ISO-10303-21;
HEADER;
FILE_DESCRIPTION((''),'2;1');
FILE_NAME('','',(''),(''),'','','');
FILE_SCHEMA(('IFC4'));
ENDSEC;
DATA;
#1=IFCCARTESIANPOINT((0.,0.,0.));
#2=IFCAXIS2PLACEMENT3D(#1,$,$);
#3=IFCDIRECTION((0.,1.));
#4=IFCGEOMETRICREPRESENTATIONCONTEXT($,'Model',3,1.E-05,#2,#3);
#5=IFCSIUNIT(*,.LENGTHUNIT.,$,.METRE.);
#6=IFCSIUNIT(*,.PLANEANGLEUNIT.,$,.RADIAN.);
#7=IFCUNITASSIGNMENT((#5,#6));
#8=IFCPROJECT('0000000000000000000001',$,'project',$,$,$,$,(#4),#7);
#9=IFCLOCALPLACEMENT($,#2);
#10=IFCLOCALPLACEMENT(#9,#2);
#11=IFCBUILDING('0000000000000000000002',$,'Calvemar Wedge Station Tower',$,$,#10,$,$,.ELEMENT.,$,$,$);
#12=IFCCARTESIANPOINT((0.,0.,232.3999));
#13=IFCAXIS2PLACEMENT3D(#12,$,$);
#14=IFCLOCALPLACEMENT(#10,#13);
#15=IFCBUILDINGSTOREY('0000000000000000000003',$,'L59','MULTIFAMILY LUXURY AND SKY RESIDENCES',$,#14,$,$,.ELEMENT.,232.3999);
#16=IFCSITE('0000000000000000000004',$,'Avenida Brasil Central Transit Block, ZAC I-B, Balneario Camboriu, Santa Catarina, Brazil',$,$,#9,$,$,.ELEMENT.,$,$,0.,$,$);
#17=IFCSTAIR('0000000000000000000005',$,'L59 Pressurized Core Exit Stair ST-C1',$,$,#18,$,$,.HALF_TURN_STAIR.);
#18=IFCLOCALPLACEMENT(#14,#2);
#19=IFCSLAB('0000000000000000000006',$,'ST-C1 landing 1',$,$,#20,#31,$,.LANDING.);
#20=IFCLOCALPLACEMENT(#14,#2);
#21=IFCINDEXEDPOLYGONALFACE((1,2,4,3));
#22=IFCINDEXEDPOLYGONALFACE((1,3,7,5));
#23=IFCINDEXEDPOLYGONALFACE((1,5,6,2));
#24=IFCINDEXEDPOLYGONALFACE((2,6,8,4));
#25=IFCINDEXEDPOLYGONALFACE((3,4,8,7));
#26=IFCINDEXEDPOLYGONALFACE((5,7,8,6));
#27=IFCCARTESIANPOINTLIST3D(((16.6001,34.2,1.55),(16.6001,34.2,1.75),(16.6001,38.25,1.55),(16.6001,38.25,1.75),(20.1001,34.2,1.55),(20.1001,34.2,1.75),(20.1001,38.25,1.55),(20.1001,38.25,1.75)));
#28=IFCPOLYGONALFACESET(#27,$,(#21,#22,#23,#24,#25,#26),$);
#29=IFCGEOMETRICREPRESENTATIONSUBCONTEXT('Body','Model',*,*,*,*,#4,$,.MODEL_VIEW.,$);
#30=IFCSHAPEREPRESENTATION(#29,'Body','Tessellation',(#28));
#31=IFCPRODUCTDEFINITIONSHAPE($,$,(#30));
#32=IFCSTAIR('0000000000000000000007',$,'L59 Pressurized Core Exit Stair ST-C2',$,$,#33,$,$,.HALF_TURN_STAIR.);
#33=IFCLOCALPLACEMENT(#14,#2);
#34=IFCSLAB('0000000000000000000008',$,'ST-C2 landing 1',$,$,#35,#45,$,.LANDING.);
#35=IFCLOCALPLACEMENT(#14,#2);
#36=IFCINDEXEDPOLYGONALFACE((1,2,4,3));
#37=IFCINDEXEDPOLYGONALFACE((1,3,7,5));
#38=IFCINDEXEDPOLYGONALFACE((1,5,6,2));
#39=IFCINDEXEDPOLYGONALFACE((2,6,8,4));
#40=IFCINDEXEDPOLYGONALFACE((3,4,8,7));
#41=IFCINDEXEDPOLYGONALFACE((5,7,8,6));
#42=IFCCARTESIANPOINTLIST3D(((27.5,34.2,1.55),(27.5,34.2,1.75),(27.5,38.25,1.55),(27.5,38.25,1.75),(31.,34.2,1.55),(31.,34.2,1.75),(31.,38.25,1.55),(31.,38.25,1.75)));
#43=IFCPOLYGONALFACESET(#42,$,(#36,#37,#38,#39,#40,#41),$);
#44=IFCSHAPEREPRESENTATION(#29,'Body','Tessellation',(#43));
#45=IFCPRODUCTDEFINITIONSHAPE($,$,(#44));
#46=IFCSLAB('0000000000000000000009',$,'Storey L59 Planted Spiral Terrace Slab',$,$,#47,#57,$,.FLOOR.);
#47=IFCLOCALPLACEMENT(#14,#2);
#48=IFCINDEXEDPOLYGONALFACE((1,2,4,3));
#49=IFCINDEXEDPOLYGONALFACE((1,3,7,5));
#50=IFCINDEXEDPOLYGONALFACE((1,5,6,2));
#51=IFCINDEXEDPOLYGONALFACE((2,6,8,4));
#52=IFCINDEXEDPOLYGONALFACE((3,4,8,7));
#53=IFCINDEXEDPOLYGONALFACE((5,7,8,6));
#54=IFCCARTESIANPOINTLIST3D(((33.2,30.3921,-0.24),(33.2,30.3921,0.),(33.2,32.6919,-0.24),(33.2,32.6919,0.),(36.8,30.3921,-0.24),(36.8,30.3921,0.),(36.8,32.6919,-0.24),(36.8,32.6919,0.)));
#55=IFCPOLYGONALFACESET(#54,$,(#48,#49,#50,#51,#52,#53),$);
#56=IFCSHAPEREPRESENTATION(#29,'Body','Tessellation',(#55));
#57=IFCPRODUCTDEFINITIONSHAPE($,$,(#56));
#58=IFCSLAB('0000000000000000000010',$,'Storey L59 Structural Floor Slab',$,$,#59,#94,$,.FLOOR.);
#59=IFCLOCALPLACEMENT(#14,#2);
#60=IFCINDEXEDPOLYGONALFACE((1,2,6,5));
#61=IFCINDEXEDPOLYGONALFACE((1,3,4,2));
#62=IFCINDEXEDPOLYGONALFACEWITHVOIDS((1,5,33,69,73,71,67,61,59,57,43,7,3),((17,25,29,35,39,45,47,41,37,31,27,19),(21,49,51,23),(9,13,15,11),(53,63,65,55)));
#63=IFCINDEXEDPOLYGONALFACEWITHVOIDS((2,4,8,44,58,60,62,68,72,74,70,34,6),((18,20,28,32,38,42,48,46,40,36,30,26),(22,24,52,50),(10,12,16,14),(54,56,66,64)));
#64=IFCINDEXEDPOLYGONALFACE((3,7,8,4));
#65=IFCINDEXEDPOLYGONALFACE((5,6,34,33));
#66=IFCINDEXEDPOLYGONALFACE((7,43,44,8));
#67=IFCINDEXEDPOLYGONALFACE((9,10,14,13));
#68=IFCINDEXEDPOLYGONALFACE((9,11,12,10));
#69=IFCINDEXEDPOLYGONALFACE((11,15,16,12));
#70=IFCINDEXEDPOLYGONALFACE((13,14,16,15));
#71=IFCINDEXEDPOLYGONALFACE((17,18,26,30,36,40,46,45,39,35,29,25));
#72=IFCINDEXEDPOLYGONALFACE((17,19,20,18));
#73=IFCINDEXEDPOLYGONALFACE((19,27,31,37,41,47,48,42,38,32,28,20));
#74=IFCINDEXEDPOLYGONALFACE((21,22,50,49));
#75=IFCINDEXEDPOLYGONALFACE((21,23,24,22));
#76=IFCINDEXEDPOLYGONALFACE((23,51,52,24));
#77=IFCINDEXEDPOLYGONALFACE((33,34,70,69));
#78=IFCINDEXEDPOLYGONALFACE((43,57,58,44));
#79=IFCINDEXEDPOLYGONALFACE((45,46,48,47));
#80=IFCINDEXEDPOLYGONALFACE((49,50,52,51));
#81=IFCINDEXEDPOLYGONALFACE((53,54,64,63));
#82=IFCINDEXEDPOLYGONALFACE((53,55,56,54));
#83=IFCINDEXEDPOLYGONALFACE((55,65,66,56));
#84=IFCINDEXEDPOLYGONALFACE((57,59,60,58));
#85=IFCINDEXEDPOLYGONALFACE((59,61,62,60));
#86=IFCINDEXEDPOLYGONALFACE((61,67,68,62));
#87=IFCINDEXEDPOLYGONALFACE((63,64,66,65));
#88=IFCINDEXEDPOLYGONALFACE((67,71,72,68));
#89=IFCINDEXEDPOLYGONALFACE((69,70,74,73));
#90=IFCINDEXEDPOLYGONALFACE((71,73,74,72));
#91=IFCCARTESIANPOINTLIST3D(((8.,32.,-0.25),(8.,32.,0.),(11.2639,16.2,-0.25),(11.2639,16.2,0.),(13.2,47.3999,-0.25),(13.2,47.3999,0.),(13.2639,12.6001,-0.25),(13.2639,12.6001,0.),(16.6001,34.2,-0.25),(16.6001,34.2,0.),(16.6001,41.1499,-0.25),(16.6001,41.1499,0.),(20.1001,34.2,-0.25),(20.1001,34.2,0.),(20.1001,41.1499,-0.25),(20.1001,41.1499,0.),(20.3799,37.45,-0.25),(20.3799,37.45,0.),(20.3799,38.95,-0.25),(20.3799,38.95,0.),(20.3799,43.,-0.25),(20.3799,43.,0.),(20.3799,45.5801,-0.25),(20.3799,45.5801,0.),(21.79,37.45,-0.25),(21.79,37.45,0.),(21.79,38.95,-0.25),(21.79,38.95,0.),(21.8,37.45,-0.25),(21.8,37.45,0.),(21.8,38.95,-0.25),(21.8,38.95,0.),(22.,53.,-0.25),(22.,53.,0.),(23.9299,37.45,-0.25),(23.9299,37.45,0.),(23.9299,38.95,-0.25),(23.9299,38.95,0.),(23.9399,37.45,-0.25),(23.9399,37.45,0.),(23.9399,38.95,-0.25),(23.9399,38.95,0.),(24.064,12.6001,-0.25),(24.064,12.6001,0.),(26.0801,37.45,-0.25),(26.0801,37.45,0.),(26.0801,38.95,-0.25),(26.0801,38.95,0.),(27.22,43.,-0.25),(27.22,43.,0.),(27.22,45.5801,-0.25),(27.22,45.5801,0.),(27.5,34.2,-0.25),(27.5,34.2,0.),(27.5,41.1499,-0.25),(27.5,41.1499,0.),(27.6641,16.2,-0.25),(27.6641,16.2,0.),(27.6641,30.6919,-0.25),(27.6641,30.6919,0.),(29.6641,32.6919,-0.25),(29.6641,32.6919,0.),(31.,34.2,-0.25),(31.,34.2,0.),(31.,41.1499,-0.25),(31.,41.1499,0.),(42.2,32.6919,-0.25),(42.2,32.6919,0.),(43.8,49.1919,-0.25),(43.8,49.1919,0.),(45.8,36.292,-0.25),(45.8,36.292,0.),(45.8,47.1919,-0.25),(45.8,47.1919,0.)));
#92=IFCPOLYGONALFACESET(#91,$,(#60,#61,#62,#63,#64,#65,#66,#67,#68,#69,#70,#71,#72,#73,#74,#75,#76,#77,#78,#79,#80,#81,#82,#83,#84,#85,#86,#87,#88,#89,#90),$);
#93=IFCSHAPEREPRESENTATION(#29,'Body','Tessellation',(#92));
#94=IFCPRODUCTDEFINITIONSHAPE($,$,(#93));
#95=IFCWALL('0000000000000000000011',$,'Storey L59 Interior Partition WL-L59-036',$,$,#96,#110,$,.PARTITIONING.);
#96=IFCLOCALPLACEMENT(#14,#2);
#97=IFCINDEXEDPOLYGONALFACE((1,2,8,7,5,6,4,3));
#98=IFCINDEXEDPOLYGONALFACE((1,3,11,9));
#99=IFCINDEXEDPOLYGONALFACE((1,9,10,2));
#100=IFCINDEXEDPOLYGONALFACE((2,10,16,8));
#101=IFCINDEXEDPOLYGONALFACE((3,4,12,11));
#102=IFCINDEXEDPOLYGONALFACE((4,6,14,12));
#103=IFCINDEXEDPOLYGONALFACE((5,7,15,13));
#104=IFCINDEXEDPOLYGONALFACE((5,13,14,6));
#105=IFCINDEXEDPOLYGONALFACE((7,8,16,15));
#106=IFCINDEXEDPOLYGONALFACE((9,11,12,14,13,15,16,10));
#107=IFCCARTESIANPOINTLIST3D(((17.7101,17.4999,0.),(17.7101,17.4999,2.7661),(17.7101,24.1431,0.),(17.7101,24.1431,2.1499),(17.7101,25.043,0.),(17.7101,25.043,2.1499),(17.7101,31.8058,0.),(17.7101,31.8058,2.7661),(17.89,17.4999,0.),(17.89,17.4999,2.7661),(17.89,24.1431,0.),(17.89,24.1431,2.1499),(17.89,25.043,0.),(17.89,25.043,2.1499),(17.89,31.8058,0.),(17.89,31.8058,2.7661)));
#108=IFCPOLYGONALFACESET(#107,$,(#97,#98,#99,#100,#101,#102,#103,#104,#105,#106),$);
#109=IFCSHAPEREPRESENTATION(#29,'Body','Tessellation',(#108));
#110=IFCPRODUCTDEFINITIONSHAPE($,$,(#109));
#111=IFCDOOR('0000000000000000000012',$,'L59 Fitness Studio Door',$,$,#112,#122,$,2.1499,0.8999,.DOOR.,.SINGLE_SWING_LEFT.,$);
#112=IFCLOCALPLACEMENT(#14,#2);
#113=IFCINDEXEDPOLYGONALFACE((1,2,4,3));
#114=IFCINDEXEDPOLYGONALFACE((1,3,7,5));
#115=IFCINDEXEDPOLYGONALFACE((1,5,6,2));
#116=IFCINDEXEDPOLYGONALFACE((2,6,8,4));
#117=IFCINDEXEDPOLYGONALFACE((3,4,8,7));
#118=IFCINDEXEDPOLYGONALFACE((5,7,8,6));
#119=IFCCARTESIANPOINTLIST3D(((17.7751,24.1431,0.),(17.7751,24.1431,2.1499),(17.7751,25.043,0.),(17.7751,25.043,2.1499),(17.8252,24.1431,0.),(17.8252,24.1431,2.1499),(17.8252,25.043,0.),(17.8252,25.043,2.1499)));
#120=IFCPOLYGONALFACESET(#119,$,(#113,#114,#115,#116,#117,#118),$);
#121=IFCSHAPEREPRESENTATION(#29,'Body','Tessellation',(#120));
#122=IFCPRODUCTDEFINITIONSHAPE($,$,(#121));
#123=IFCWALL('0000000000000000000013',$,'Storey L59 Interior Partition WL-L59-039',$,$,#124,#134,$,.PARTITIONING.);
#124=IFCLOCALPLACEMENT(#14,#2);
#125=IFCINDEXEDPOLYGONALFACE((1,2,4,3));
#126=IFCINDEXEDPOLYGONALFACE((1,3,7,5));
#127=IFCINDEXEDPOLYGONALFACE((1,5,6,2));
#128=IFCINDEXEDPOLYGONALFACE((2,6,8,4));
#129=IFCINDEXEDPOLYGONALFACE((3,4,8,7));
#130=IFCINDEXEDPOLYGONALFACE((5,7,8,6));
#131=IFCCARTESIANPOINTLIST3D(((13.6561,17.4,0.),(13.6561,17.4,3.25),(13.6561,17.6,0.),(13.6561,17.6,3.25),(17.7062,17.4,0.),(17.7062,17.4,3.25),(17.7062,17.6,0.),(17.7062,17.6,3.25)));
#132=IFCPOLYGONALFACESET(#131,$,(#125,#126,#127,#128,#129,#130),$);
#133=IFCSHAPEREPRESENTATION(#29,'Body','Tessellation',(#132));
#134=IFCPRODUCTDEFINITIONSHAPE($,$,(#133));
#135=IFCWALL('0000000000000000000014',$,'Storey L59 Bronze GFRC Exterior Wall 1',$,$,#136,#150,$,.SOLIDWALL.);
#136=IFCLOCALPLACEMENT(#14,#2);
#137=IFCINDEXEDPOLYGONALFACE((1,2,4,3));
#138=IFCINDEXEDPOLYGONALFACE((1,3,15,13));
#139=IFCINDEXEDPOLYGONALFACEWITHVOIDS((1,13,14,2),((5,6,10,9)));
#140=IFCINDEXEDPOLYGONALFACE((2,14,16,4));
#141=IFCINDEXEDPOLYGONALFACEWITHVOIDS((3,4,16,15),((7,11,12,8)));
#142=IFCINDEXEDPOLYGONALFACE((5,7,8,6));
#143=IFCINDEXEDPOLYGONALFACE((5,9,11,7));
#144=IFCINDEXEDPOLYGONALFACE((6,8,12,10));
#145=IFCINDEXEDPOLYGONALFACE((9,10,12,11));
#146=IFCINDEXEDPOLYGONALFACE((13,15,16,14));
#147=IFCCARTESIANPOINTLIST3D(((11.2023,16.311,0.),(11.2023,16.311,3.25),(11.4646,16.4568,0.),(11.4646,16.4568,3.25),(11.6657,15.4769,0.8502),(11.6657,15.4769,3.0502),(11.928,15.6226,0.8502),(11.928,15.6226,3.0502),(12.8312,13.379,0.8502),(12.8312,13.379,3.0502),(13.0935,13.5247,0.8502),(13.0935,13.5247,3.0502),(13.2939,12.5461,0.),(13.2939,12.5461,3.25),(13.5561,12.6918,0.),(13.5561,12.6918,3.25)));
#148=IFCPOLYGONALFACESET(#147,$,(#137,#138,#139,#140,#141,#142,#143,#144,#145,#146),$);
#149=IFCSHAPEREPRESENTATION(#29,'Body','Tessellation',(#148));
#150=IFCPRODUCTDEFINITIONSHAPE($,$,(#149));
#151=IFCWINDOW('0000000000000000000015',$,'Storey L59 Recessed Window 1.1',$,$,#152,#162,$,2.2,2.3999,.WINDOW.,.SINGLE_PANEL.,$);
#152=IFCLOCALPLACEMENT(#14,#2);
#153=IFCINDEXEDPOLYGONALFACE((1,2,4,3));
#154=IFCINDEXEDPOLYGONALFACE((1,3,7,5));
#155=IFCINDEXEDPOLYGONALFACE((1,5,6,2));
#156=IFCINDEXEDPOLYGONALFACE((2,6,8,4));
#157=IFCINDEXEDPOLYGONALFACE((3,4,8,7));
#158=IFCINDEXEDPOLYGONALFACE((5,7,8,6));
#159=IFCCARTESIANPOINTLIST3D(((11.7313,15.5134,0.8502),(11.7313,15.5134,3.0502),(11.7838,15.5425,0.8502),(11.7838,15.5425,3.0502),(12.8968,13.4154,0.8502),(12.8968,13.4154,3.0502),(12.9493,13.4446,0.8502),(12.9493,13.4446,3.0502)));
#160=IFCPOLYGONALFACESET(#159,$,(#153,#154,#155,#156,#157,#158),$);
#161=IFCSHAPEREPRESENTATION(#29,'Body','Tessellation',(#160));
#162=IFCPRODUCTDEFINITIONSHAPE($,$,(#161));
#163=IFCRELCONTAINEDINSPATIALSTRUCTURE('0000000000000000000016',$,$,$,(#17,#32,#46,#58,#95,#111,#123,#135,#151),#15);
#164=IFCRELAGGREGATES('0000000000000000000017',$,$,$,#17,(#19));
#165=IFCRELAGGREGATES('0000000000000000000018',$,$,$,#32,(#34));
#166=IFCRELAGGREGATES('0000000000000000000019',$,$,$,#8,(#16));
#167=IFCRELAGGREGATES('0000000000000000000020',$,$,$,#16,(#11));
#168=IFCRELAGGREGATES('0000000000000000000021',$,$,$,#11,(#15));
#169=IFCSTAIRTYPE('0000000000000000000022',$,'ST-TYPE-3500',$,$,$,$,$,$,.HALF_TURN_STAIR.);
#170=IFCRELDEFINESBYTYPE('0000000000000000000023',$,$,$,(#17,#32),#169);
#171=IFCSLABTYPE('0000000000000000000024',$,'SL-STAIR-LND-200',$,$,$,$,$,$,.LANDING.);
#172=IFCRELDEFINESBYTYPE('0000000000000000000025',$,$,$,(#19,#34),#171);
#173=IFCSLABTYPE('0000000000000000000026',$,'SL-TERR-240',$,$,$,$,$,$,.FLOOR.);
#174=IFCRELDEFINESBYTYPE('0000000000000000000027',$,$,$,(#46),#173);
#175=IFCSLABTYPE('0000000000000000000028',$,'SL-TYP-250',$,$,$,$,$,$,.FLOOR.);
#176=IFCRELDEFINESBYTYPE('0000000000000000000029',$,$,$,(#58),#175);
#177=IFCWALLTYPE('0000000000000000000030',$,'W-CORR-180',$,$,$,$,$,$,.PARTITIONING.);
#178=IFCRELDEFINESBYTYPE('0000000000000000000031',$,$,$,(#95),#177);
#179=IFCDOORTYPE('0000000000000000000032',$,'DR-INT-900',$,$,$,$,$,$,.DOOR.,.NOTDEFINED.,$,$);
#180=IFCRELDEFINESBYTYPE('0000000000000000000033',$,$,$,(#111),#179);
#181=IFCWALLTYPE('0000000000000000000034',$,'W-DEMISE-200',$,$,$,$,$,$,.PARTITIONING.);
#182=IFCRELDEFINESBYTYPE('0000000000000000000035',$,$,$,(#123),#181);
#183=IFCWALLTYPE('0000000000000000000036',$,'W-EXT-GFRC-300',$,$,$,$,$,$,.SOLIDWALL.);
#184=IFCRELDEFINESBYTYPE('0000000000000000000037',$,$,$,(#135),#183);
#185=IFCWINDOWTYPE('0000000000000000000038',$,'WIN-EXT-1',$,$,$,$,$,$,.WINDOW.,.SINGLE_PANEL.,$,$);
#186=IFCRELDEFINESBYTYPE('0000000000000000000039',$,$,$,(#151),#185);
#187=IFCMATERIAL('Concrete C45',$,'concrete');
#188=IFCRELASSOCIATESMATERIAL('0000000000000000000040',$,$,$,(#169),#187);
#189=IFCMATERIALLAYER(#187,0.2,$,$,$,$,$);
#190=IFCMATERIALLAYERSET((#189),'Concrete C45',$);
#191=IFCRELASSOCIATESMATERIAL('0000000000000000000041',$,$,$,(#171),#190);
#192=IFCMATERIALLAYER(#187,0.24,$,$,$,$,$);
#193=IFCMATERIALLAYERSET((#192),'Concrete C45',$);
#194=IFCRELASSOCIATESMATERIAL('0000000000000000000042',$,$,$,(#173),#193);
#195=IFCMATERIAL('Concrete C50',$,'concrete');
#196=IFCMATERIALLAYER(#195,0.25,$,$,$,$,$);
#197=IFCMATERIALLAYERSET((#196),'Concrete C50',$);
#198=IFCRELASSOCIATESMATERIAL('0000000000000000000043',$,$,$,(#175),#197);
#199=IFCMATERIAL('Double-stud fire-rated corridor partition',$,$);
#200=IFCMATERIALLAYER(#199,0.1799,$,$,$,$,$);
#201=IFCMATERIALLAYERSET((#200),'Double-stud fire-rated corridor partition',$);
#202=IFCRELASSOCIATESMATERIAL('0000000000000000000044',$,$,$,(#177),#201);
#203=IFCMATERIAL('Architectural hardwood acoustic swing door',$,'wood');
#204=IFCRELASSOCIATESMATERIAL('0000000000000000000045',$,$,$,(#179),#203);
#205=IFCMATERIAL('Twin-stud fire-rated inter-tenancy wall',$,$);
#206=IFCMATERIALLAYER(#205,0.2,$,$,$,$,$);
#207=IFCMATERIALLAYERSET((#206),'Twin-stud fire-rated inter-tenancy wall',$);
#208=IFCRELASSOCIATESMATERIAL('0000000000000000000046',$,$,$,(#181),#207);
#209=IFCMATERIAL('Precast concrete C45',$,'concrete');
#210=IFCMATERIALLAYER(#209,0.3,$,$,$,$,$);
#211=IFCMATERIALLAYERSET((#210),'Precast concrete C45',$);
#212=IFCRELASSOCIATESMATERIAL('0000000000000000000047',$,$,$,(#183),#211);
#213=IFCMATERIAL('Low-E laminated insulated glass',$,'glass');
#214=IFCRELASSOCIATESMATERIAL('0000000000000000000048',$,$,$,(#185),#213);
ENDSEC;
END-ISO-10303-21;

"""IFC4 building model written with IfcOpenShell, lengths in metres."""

from ifc_helpers import new_model, si_unit, direction, frame, frame_2d, origin, place, context, subcontext, project, spatial, polyline, rectangle, outline, extrude, source, transform, mapped, material, layer, layer_set, type_object, element, fill, aggregate, save


model = new_model("IFC4")

# Units and contexts
model_context = context("Model", 3, precision=1e-05, world=origin(), true_north=direction((0.0, 1.0)))
body_context = subcontext(model_context, "Body", "Model", "MODEL_VIEW")
ifc_project = project(units=[si_unit("LENGTHUNIT", "METRE"), si_unit("PLANEANGLEUNIT", "RADIAN")], contexts=[model_context])

# Site, building, storey
site_placement = place(None, origin())
site = spatial("IfcSite", under=ifc_project, at=site_placement, Name="Avenida Brasil Central Transit Block, ZAC I-B, Balneario Camboriu, Santa Catarina, Brazil", CompositionType="ELEMENT", RefElevation=0.0)
building_placement = place(site_placement, origin())
building = spatial("IfcBuilding", under=site, at=building_placement, Name="Calvemar Wedge Station Tower", CompositionType="ELEMENT")
storey_placement = place(building_placement, frame((0.0, 0.0, 232.3999)))
storey = spatial("IfcBuildingStorey", under=building, at=storey_placement, Name="L59", Description="MULTIFAMILY LUXURY AND SKY RESIDENCES", CompositionType="ELEMENT", Elevation=232.3999)

# Shared definitions
ifc_material_1 = material(Name="Concrete C50", Category="concrete")

# Stairs, slabs
ifc_material_2 = material(Name="Concrete C45", Category="concrete")
stair_type = type_object("IfcStairType", Name="ST-TYPE-3500", PredefinedType="HALF_TURN_STAIR", material=ifc_material_2)
stair_1_placement = place(storey_placement, origin())
stair_1 = element("IfcStair", 1, at=stair_1_placement, inside=storey, type_object=stair_type, Name="L59 Pressurized Core Exit Stair ST-C1", PredefinedType="HALF_TURN_STAIR")
ifc_layer_1 = layer(ifc_material_2, 0.2)
ifc_layer_set_1 = layer_set([ifc_layer_1], Name="Concrete C45")
slab_type_1 = type_object("IfcSlabType", Name="SL-STAIR-LND-200", PredefinedType="LANDING", material=ifc_layer_set_1)
slab_1_placement = place(storey_placement, frame((0.0, 0.0, 1.55)))
slab_1 = element("IfcSlab", 2, at=slab_1_placement, type_object=slab_type_1, Name="ST-C1 landing 1", PredefinedType="LANDING", context=body_context, shape_type="SweptSolid", body=[
    extrude(outline(polyline([(16.6001, 38.25), (16.6001, 34.2), (20.1001, 34.2), (20.1001, 38.25), (16.6001, 38.25)])), origin(), (0.0, 0.0, 1.0), 0.2),
])
aggregate(stair_1, [slab_1])
stair_2_placement = place(storey_placement, origin())
stair_2 = element("IfcStair", 3, at=stair_2_placement, inside=storey, type_object=stair_type, Name="L59 Pressurized Core Exit Stair ST-C2", PredefinedType="HALF_TURN_STAIR")
slab_2_placement = place(storey_placement, frame((0.0, 0.0, 1.55)))
slab_2 = element("IfcSlab", 4, at=slab_2_placement, type_object=slab_type_1, Name="ST-C2 landing 1", PredefinedType="LANDING", context=body_context, shape_type="SweptSolid", body=[
    extrude(outline(polyline([(27.5, 38.25), (27.5, 34.2), (31.0, 34.2), (31.0, 38.25), (27.5, 38.25)])), origin(), (0.0, 0.0, 1.0), 0.2),
])
aggregate(stair_2, [slab_2])

# Slabs
ifc_layer_2 = layer(ifc_material_2, 0.24)
ifc_layer_set_2 = layer_set([ifc_layer_2], Name="Concrete C45")
slab_type_2 = type_object("IfcSlabType", Name="SL-TERR-240", PredefinedType="FLOOR", material=ifc_layer_set_2)
slab_3_placement = place(storey_placement, frame((0.0, 0.0, -0.24)))
element("IfcSlab", 5, at=slab_3_placement, inside=storey, type_object=slab_type_2, Name="Storey L59 Planted Spiral Terrace Slab", PredefinedType="FLOOR", context=body_context, shape_type="SweptSolid", body=[
    extrude(outline(polyline([(33.2, 32.6919), (33.2, 30.3921), (36.8, 30.3921), (36.8, 32.6919), (33.2, 32.6919)])), origin(), (0.0, 0.0, 1.0), 0.24),
])
ifc_layer_3 = layer(ifc_material_1, 0.25)
ifc_layer_set_3 = layer_set([ifc_layer_3], Name="Concrete C50")
slab_type_3 = type_object("IfcSlabType", Name="SL-TYP-250", PredefinedType="FLOOR", material=ifc_layer_set_3)
slab_4_placement = place(storey_placement, frame((0.0, 0.0, -0.25)))
element("IfcSlab", 6, at=slab_4_placement, inside=storey, type_object=slab_type_3, Name="Storey L59 Structural Floor Slab", PredefinedType="FLOOR", context=body_context, shape_type="SweptSolid", body=[
    extrude(outline(polyline([(8.0, 32.0), (11.2639, 16.2), (13.2639, 12.6001), (24.064, 12.6001), (27.6641, 16.2), (27.6641, 30.6919), (29.6641, 32.6919), (42.2, 32.6919), (45.8, 36.292), (45.8, 47.1919), (43.8, 49.1919), (22.0, 53.0), (13.2, 47.3999), (8.0, 32.0)]), holes=[polyline([(20.1001, 34.2), (20.1001, 41.1499), (16.6001, 41.1499), (16.6001, 34.2), (20.1001, 34.2)]), polyline([(27.5, 34.2), (31.0, 34.2), (31.0, 41.1499), (27.5, 41.1499), (27.5, 34.2)]), polyline([(21.8, 37.45), (23.9299, 37.45), (23.9399, 37.45), (26.0801, 37.45), (26.0801, 38.95), (23.9399, 38.95), (23.9299, 38.95), (21.8, 38.95), (21.79, 38.95), (20.3799, 38.95), (20.3799, 37.45), (21.79, 37.45), (21.8, 37.45)]), polyline([(27.22, 43.0), (27.22, 45.5801), (20.3799, 45.5801), (20.3799, 43.0), (27.22, 43.0)])]), origin(), (0.0, 0.0, 1.0), 0.25),
])

# Wall, opening, door
ifc_material_3 = material(Name="Double-stud fire-rated corridor partition")
ifc_layer_4 = layer(ifc_material_3, 0.1799)
ifc_layer_set_4 = layer_set([ifc_layer_4], Name="Double-stud fire-rated corridor partition")
wall_type_1 = type_object("IfcWallType", Name="W-CORR-180", PredefinedType="PARTITIONING", material=ifc_layer_set_4)
wall_1_placement = place(storey_placement, frame((17.8, 17.5, 0.0), z_axis=(0.0, 0.0, 1.0), x_axis=(0.0, 1.0, 0.0)))
wall_1 = element("IfcWall", 7, at=wall_1_placement, inside=storey, type_object=wall_type_1, Name="Storey L59 Interior Partition WL-L59-036", PredefinedType="PARTITIONING", context=body_context, shape_type="SweptSolid", body=[
    extrude(rectangle(XDim=14.3059, YDim=0.1799, at=frame_2d((7.1528, 0.0))), origin(), (0.0, 0.0, 1.0), 2.7661),
])
shared_shape_1 = source(origin(), body_context, "Body", "SweptSolid", [
    extrude(rectangle(XDim=0.8999, YDim=2.1499, at=frame_2d((0.45, 1.075))), frame((0.0, 0.1001, 0.0), z_axis=(0.0, -1.0, 0.0), x_axis=(1.0, 0.0, 0.0)), (0.0, 0.0, 1.0), 0.2),
])
opening_1_placement = place(wall_1_placement, frame((6.6431, 0.0, 0.0)))
opening_1 = element("IfcOpeningElement", 8, at=opening_1_placement, cuts=wall_1, PredefinedType="OPENING", context=body_context, shape_type="MappedRepresentation", body=[
    mapped(shared_shape_1, transform((0.0, 0.0, 0.0), scale=1.0)),
])
ifc_material_4 = material(Name="Architectural hardwood acoustic swing door", Category="wood")
door_type_1 = type_object("IfcDoorType", Name="DR-INT-900", OperationType="NOTDEFINED", PredefinedType="DOOR", material=ifc_material_4)
shared_shape_2 = source(origin(), body_context, "Body", "SweptSolid", [
    extrude(rectangle(XDim=0.8999, YDim=2.1499, at=frame_2d((0.45, 1.075))), frame((0.0, 0.0249, 0.0), z_axis=(0.0, -1.0, 0.0), x_axis=(1.0, 0.0, 0.0)), (0.0, 0.0, 1.0), 0.05),
])
door_1_placement = place(opening_1_placement, origin())
door_1 = element("IfcDoor", 9, at=door_1_placement, inside=storey, type_object=door_type_1, Name="L59 Fitness Studio Door", OperationType="SINGLE_SWING_LEFT", OverallHeight=2.1499, OverallWidth=0.8999, PredefinedType="DOOR", context=body_context, shape_type="MappedRepresentation", body=[
    mapped(shared_shape_2, transform((0.0, 0.0, 0.0), scale=1.0)),
])
fill(opening_1, door_1)

# Wall
ifc_material_5 = material(Name="Twin-stud fire-rated inter-tenancy wall")
ifc_layer_5 = layer(ifc_material_5, 0.2)
ifc_layer_set_5 = layer_set([ifc_layer_5], Name="Twin-stud fire-rated inter-tenancy wall")
wall_type_2 = type_object("IfcWallType", Name="W-DEMISE-200", PredefinedType="PARTITIONING", material=ifc_layer_set_5)
wall_2_placement = place(storey_placement, frame((17.7061, 17.5, 0.0), z_axis=(0.0, 0.0, 1.0), x_axis=(-1.0, 0.0, 0.0)))
element("IfcWall", 10, at=wall_2_placement, inside=storey, type_object=wall_type_2, Name="Storey L59 Interior Partition WL-L59-039", PredefinedType="PARTITIONING", context=body_context, shape_type="SweptSolid", body=[
    extrude(rectangle(XDim=4.05, YDim=0.2, at=frame_2d((2.0249, 0.0))), origin(), (0.0, 0.0, 1.0), 3.25),
])

# Wall, opening, window
ifc_material_6 = material(Name="Precast concrete C45", Category="concrete")
ifc_layer_6 = layer(ifc_material_6, 0.3)
ifc_layer_set_6 = layer_set([ifc_layer_6], Name="Precast concrete C45")
wall_type_3 = type_object("IfcWallType", Name="W-EXT-GFRC-300", PredefinedType="SOLIDWALL", material=ifc_layer_set_6)
wall_3_placement = place(storey_placement, frame((11.3335, 16.3838, 0.0), z_axis=(0.0, 0.0, 1.0), x_axis=(0.485633, -0.874163, 0.0)))
wall_3 = element("IfcWall", 11, at=wall_3_placement, inside=storey, type_object=wall_type_3, Name="Storey L59 Bronze GFRC Exterior Wall 1", PredefinedType="SOLIDWALL", context=body_context, shape_type="SweptSolid", body=[
    extrude(rectangle(XDim=4.3069, YDim=0.3, at=frame_2d((2.1533, 0.0))), origin(), (0.0, 0.0, 1.0), 3.25),
])
shared_shape_3 = source(origin(), body_context, "Body", "SweptSolid", [
    extrude(rectangle(XDim=2.3999, YDim=2.2, at=frame_2d((1.2, 1.1001))), frame((0.0, 0.1602, 0.0), z_axis=(0.0, -1.0, 0.0), x_axis=(1.0, 0.0, 0.0)), (0.0, 0.0, 1.0), 0.3201),
])
opening_2_placement = place(wall_3_placement, frame((0.9541, 0.0, 0.8501)))
opening_2 = element("IfcOpeningElement", 12, at=opening_2_placement, cuts=wall_3, PredefinedType="OPENING", context=body_context, shape_type="MappedRepresentation", body=[
    mapped(shared_shape_3, transform((0.0, 0.0, 0.0), scale=1.0)),
])
ifc_material_7 = material(Name="Low-E laminated insulated glass", Category="glass")
window_type_1 = type_object("IfcWindowType", Name="WIN-EXT-1", PartitioningType="SINGLE_PANEL", PredefinedType="WINDOW", material=ifc_material_7)
shared_shape_4 = source(origin(), body_context, "Body", "SweptSolid", [
    extrude(rectangle(XDim=2.3999, YDim=2.2, at=frame_2d((1.2, 1.1001))), frame((0.0, -0.0149, 0.0), z_axis=(0.0, -1.0, 0.0), x_axis=(1.0, 0.0, 0.0)), (0.0, 0.0, 1.0), 0.0601),
])
window_1_placement = place(opening_2_placement, origin())
window_1 = element("IfcWindow", 13, at=window_1_placement, inside=storey, type_object=window_type_1, Name="Storey L59 Recessed Window 1.1", OverallHeight=2.2, OverallWidth=2.3999, PartitioningType="SINGLE_PANEL", PredefinedType="WINDOW", context=body_context, shape_type="MappedRepresentation", body=[
    mapped(shared_shape_4, transform((0.0, 0.0, 0.0), scale=1.0)),
])
fill(opening_2, window_1)

save(model, "model.ifc")
